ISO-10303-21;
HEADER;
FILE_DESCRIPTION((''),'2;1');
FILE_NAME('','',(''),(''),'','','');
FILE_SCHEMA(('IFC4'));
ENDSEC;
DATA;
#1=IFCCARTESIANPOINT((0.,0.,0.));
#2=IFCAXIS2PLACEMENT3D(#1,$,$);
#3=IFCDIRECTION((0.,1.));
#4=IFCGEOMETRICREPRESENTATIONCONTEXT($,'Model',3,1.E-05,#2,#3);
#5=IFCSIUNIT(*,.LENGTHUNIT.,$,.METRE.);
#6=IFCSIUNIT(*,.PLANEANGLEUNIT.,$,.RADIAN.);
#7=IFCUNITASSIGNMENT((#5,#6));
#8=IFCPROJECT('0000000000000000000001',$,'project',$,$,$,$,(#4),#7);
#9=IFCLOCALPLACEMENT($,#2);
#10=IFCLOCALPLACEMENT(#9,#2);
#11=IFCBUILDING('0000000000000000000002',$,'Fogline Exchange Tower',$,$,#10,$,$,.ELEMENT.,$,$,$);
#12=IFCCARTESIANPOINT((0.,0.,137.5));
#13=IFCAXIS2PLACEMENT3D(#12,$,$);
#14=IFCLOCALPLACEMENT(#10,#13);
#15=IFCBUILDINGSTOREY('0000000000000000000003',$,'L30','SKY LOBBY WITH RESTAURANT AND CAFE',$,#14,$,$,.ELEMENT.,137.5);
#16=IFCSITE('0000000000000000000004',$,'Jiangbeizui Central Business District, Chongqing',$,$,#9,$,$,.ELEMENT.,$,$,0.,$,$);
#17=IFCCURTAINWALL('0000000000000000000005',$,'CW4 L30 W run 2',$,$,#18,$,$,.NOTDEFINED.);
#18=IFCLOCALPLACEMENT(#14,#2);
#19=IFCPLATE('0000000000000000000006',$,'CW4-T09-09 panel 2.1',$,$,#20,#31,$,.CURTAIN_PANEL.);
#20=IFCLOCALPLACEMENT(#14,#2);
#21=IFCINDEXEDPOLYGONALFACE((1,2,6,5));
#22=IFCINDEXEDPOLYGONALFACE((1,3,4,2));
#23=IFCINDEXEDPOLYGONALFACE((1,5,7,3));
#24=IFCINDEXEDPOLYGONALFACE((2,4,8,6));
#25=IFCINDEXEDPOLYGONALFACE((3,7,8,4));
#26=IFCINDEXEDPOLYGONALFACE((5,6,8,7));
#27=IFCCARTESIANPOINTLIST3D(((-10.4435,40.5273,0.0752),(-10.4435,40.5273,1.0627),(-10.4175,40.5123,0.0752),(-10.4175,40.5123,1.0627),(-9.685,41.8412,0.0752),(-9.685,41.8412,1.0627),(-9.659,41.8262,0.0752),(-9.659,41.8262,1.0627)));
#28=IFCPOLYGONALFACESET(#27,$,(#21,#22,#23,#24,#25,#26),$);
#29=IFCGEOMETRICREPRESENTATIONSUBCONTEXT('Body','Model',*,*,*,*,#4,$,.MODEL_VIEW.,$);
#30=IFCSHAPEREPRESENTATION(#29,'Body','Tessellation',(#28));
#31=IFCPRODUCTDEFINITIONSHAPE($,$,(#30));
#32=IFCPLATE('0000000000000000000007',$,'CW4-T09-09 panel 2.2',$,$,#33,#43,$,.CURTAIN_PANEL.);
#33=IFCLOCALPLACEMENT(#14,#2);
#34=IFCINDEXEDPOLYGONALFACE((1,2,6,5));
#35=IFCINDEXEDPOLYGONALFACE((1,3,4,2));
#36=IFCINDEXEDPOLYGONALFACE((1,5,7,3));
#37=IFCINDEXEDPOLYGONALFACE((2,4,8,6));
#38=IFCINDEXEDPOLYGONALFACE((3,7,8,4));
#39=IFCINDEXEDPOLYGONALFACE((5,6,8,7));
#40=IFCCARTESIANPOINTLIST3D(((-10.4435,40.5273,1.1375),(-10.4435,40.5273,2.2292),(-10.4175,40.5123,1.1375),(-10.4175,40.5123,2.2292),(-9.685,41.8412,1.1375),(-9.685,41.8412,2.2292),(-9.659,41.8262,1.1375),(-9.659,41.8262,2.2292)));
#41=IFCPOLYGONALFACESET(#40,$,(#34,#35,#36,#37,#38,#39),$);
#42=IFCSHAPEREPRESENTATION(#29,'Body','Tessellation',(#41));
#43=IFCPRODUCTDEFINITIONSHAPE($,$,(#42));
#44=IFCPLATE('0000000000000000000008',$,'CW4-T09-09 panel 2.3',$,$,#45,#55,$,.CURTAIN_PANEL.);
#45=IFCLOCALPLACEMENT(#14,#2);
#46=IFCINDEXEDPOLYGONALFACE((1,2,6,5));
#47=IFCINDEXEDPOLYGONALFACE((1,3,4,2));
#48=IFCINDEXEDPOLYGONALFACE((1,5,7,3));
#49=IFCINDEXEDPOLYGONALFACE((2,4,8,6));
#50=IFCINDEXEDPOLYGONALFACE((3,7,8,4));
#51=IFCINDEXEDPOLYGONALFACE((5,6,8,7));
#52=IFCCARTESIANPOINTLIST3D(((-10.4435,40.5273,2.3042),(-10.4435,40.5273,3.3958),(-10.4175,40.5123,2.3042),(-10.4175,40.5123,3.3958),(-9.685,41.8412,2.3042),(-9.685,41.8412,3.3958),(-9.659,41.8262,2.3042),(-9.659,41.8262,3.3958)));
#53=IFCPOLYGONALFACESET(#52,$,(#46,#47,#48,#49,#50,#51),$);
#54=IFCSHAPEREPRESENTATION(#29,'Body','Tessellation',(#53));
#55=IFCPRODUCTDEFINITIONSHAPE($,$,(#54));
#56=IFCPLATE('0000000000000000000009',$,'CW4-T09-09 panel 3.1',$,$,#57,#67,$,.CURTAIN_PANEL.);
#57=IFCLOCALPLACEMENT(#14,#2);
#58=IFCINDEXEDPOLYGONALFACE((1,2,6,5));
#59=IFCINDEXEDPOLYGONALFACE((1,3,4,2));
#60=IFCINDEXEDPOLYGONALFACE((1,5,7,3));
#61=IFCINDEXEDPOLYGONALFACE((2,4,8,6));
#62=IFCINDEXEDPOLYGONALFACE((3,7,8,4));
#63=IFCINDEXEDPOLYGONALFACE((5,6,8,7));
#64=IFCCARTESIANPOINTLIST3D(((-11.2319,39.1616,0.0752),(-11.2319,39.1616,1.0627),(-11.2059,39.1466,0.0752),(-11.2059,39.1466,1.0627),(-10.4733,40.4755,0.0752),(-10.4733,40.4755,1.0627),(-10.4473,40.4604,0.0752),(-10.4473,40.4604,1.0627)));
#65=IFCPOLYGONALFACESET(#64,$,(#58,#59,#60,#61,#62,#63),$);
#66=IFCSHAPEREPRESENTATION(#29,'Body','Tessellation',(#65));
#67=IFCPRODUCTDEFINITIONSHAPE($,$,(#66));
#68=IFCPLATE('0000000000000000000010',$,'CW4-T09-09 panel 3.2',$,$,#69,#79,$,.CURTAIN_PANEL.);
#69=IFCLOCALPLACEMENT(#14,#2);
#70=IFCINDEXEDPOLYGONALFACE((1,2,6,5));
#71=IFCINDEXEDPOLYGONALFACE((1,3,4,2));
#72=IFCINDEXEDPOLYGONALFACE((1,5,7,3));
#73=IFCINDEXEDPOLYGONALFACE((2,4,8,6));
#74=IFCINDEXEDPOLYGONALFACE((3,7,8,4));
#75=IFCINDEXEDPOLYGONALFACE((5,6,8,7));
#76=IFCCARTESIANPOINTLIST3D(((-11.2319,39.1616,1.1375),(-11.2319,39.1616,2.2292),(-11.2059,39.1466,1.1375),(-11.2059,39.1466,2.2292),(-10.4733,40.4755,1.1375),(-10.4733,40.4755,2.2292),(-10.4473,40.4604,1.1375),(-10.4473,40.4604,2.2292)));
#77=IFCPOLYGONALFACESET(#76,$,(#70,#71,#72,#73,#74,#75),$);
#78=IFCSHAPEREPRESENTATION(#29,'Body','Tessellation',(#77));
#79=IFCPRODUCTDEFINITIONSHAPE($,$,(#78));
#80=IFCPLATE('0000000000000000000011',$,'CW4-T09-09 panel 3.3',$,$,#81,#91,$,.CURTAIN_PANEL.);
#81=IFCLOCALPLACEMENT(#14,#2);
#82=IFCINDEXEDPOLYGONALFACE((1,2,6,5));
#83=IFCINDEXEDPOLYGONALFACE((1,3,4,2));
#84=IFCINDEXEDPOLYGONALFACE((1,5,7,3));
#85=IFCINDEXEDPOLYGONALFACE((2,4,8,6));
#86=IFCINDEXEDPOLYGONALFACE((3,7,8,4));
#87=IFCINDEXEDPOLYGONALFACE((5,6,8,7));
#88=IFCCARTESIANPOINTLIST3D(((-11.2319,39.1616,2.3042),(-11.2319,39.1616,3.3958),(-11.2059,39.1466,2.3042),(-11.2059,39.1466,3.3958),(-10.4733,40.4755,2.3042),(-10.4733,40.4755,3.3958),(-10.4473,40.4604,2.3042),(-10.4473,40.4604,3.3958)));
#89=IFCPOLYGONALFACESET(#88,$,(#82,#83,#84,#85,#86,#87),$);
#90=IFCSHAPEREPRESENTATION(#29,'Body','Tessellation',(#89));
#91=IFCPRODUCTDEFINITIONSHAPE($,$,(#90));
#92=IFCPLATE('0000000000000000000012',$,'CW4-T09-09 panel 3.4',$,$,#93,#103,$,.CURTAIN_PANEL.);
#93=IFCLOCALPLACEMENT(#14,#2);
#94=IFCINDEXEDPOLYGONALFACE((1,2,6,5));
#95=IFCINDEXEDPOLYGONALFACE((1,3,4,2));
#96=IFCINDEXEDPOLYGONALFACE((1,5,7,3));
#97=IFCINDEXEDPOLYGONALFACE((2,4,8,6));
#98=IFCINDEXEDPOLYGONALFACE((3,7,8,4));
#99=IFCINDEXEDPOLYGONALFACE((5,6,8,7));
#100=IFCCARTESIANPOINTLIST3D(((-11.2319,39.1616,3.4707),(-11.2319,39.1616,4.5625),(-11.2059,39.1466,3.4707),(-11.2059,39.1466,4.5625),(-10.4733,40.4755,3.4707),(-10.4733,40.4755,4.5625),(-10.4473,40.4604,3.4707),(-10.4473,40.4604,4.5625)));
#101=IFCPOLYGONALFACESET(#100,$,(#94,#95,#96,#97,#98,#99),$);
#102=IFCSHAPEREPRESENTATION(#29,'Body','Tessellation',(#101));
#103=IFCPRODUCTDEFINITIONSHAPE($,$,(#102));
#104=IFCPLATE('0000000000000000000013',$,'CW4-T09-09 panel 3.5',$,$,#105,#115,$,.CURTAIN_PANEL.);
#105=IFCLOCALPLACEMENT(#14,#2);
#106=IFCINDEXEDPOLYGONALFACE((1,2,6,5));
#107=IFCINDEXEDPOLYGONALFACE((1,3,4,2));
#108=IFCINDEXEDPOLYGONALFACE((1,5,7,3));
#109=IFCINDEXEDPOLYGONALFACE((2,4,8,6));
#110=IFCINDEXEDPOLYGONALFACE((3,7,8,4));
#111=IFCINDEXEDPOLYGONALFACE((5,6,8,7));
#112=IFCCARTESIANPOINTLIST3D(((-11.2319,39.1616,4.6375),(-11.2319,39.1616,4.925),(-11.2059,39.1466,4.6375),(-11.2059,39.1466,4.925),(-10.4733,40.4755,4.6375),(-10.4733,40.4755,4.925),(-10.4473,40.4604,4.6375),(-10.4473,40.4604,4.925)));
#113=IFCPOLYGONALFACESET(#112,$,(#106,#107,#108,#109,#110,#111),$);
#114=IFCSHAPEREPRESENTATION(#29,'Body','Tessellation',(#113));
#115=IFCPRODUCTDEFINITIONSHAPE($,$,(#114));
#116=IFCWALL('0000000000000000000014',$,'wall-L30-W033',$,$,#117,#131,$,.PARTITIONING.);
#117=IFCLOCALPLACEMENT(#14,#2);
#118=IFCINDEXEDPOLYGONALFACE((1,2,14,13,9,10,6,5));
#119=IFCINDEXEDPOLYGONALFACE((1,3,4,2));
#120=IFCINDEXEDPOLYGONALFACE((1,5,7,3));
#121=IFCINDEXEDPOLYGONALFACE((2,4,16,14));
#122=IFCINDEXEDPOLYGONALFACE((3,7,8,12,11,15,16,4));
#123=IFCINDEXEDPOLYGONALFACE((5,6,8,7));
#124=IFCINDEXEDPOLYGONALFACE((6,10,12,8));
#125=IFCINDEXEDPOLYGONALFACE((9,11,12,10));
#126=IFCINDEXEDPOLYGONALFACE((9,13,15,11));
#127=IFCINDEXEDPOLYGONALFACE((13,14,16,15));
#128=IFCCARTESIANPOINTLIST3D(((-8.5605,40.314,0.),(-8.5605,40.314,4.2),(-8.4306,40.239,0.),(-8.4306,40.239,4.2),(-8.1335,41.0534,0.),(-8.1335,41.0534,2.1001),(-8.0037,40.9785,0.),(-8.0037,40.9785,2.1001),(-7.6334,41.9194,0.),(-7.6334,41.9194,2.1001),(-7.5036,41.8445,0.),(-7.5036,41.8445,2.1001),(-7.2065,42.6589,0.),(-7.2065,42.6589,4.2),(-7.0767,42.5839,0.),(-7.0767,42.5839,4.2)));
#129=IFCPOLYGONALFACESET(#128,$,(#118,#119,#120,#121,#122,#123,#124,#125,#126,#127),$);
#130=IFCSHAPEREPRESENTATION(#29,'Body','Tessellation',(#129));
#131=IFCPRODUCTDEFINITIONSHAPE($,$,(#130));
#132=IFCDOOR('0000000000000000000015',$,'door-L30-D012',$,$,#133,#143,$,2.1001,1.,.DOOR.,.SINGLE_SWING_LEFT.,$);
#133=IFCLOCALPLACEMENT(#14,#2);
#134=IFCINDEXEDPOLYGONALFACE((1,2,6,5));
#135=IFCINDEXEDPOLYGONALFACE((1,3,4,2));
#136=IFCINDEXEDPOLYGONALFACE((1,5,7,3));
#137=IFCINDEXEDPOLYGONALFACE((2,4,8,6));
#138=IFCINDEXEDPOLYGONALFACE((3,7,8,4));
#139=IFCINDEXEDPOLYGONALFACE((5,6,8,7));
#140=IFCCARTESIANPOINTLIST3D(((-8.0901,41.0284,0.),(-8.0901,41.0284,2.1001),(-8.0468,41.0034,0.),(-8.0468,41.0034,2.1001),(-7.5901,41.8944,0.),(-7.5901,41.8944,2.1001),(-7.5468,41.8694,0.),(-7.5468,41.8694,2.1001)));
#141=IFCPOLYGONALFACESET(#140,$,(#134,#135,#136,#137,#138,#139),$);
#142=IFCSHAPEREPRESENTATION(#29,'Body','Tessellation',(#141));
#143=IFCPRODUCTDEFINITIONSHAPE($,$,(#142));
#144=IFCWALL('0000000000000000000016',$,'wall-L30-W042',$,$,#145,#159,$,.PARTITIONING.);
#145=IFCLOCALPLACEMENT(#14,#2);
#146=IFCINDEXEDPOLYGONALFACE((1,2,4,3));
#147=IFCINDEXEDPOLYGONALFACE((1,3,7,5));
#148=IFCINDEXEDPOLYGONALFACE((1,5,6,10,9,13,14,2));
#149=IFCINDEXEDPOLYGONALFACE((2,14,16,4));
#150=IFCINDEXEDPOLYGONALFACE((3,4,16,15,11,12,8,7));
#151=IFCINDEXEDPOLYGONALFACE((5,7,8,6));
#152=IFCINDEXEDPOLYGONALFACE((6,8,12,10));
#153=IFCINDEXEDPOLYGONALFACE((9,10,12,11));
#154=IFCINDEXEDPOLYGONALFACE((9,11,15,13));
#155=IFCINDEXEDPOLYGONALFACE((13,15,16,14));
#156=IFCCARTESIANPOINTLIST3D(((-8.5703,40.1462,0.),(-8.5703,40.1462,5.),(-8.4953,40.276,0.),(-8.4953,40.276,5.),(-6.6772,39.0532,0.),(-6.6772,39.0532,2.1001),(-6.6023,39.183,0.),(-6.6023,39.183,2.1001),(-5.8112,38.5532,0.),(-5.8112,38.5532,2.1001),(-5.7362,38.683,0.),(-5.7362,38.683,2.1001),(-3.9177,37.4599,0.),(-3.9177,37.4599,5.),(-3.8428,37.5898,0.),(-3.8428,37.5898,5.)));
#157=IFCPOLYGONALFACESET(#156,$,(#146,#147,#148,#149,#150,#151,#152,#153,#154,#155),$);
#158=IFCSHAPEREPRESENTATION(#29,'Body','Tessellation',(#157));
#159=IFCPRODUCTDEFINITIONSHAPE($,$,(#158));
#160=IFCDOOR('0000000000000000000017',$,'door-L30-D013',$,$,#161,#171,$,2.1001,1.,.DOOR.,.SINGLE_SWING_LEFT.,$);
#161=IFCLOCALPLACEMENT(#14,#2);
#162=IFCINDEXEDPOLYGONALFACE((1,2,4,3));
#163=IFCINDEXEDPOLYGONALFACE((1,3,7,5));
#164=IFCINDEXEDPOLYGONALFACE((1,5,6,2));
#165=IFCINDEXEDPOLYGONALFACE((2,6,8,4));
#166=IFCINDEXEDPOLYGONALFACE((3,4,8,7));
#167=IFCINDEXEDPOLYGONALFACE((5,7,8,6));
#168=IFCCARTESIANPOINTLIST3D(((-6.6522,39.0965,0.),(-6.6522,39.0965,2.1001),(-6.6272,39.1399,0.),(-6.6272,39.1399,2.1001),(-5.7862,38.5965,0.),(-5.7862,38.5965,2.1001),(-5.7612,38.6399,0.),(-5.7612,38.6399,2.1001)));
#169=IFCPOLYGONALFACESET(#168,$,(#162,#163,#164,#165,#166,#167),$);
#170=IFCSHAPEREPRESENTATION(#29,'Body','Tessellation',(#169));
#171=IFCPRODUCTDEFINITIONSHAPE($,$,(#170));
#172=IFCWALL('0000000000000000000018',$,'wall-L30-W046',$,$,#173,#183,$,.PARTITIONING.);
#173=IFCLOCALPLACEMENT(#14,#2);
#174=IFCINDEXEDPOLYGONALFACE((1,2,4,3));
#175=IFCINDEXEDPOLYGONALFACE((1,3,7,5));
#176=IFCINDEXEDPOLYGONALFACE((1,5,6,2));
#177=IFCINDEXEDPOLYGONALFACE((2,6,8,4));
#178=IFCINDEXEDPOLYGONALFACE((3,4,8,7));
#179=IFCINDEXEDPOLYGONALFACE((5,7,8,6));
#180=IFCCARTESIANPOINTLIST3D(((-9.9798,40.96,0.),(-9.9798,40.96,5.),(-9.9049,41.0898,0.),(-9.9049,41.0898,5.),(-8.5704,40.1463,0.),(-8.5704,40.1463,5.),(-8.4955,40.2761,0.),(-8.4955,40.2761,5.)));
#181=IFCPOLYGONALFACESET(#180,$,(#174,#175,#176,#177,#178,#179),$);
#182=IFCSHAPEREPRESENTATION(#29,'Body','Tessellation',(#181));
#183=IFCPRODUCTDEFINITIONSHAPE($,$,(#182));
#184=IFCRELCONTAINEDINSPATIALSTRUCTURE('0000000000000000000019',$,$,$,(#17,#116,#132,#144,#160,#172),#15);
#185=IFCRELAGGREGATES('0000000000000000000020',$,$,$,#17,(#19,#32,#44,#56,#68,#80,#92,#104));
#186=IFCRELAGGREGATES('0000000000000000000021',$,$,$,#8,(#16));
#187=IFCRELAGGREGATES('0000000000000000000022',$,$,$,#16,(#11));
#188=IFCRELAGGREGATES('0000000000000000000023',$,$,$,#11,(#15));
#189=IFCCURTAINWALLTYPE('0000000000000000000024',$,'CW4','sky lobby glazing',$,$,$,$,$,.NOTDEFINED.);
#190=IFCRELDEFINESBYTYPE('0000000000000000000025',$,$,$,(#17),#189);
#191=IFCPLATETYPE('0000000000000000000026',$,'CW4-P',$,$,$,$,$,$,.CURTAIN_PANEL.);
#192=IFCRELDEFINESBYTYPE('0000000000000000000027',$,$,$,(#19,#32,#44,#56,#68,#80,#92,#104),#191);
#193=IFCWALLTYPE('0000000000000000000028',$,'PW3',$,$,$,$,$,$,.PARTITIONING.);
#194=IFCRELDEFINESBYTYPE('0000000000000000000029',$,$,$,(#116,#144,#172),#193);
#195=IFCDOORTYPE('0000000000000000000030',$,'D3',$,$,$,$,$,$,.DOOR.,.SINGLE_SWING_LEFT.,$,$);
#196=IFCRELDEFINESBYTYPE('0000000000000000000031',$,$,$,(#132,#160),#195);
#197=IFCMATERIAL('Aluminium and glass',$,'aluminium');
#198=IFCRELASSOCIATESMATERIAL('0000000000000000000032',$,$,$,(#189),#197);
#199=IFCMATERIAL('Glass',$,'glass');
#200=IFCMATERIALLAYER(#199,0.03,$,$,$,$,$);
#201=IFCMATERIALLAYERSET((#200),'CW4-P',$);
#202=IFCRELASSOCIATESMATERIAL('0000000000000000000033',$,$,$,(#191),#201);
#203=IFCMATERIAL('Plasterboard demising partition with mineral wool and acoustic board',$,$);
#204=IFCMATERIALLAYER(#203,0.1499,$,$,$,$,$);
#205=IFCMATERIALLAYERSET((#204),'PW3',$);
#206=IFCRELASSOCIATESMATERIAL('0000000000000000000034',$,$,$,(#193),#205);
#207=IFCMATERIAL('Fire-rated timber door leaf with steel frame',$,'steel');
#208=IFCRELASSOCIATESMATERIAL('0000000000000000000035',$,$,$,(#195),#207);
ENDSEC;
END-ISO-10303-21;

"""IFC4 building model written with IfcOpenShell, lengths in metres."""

from ifc_helpers import new_model, si_unit, direction, frame, frame_2d, origin, origin_2d, place, context, subcontext, project, spatial, rectangle, extrude, material, layer, layer_set, type_object, element, fill, aggregate, save


model = new_model("IFC4")

# Units and contexts
model_context = context("Model", 3, precision=1e-05, world=origin(), true_north=direction((0.0, 1.0)))
body_context = subcontext(model_context, "Body", "Model", "MODEL_VIEW")
ifc_project = project(units=[si_unit("LENGTHUNIT", "METRE"), si_unit("PLANEANGLEUNIT", "RADIAN")], contexts=[model_context])

# Site, building, storey
site_placement = place(None, origin())
site = spatial("IfcSite", under=ifc_project, at=site_placement, Name="Jiangbeizui Central Business District, Chongqing", CompositionType="ELEMENT", RefElevation=0.0)
building_placement = place(site_placement, origin())
building = spatial("IfcBuilding", under=site, at=building_placement, Name="Fogline Exchange Tower", CompositionType="ELEMENT")
storey_placement = place(building_placement, frame((0.0, 0.0, 137.5)))
storey = spatial("IfcBuildingStorey", under=building, at=storey_placement, Name="L30", Description="SKY LOBBY WITH RESTAURANT AND CAFE", CompositionType="ELEMENT", Elevation=137.5)

# Curtain wall, plates
ifc_material_1 = material(Name="Aluminium and glass", Category="aluminium")
curtain_wall_type = type_object("IfcCurtainWallType", Name="CW4", Description="sky lobby glazing", PredefinedType="NOTDEFINED", material=ifc_material_1)
curtain_wall_placement = place(storey_placement, origin())
curtain_wall = element("IfcCurtainWall", 1, at=curtain_wall_placement, inside=storey, type_object=curtain_wall_type, Name="CW4 L30 W run 2", PredefinedType="NOTDEFINED")
ifc_material_2 = material(Name="Glass", Category="glass")
ifc_layer_1 = layer(ifc_material_2, 0.03)
ifc_layer_set_1 = layer_set([ifc_layer_1], Name="CW4-P")
plate_type = type_object("IfcPlateType", Name="CW4-P", PredefinedType="CURTAIN_PANEL", material=ifc_layer_set_1)
plate_1_placement = place(storey_placement, frame((-10.0513, 41.1768, 0.0752), z_axis=(0.0, 0.0, 1.0), x_axis=(-0.5, -0.866025, 0.0)))
plate_1 = element("IfcPlate", 2, at=plate_1_placement, type_object=plate_type, Name="CW4-T09-09 panel 2.1", PredefinedType="CURTAIN_PANEL", context=body_context, shape_type="SweptSolid", body=[
    extrude(rectangle(XDim=1.5171, YDim=0.03, at=origin_2d()), origin(), (0.0, 0.0, 1.0), 0.9875),
])
plate_2_placement = place(storey_placement, frame((-10.0513, 41.1768, 1.1375), z_axis=(0.0, 0.0, 1.0), x_axis=(-0.5, -0.866025, 0.0)))
plate_2 = element("IfcPlate", 3, at=plate_2_placement, type_object=plate_type, Name="CW4-T09-09 panel 2.2", PredefinedType="CURTAIN_PANEL", context=body_context, shape_type="SweptSolid", body=[
    extrude(rectangle(XDim=1.5171, YDim=0.03, at=origin_2d()), origin(), (0.0, 0.0, 1.0), 1.0918),
])
plate_3_placement = place(storey_placement, frame((-10.0513, 41.1768, 2.3042), z_axis=(0.0, 0.0, 1.0), x_axis=(-0.5, -0.866025, 0.0)))
plate_3 = element("IfcPlate", 4, at=plate_3_placement, type_object=plate_type, Name="CW4-T09-09 panel 2.3", PredefinedType="CURTAIN_PANEL", context=body_context, shape_type="SweptSolid", body=[
    extrude(rectangle(XDim=1.5171, YDim=0.03, at=origin_2d()), origin(), (0.0, 0.0, 1.0), 1.0916),
])
plate_4_placement = place(storey_placement, frame((-10.8396, 39.811, 0.0752), z_axis=(0.0, 0.0, 1.0), x_axis=(-0.5, -0.866025, 0.0)))
plate_4 = element("IfcPlate", 5, at=plate_4_placement, type_object=plate_type, Name="CW4-T09-09 panel 3.1", PredefinedType="CURTAIN_PANEL", context=body_context, shape_type="SweptSolid", body=[
    extrude(rectangle(XDim=1.5171, YDim=0.03, at=origin_2d()), origin(), (0.0, 0.0, 1.0), 0.9875),
])
plate_5_placement = place(storey_placement, frame((-10.8396, 39.811, 1.1375), z_axis=(0.0, 0.0, 1.0), x_axis=(-0.5, -0.866025, 0.0)))
plate_5 = element("IfcPlate", 6, at=plate_5_placement, type_object=plate_type, Name="CW4-T09-09 panel 3.2", PredefinedType="CURTAIN_PANEL", context=body_context, shape_type="SweptSolid", body=[
    extrude(rectangle(XDim=1.5171, YDim=0.03, at=origin_2d()), origin(), (0.0, 0.0, 1.0), 1.0918),
])
plate_6_placement = place(storey_placement, frame((-10.8396, 39.811, 2.3042), z_axis=(0.0, 0.0, 1.0), x_axis=(-0.5, -0.866025, 0.0)))
plate_6 = element("IfcPlate", 7, at=plate_6_placement, type_object=plate_type, Name="CW4-T09-09 panel 3.3", PredefinedType="CURTAIN_PANEL", context=body_context, shape_type="SweptSolid", body=[
    extrude(rectangle(XDim=1.5171, YDim=0.03, at=origin_2d()), origin(), (0.0, 0.0, 1.0), 1.0916),
])
plate_7_placement = place(storey_placement, frame((-10.8396, 39.811, 3.4707), z_axis=(0.0, 0.0, 1.0), x_axis=(-0.5, -0.866025, 0.0)))
plate_7 = element("IfcPlate", 8, at=plate_7_placement, type_object=plate_type, Name="CW4-T09-09 panel 3.4", PredefinedType="CURTAIN_PANEL", context=body_context, shape_type="SweptSolid", body=[
    extrude(rectangle(XDim=1.5171, YDim=0.03, at=origin_2d()), origin(), (0.0, 0.0, 1.0), 1.0918),
])
plate_8_placement = place(storey_placement, frame((-10.8396, 39.811, 4.6375), z_axis=(0.0, 0.0, 1.0), x_axis=(-0.5, -0.866025, 0.0)))
plate_8 = element("IfcPlate", 9, at=plate_8_placement, type_object=plate_type, Name="CW4-T09-09 panel 3.5", PredefinedType="CURTAIN_PANEL", context=body_context, shape_type="SweptSolid", body=[
    extrude(rectangle(XDim=1.5171, YDim=0.03, at=origin_2d()), origin(), (0.0, 0.0, 1.0), 0.2876),
])
aggregate(curtain_wall, [plate_1, plate_2, plate_3, plate_4, plate_5, plate_6, plate_7, plate_8])

# Walls, openings, doors
ifc_material_3 = material(Name="Plasterboard demising partition with mineral wool and acoustic board")
ifc_layer_2 = layer(ifc_material_3, 0.1499)
ifc_layer_set_2 = layer_set([ifc_layer_2], Name="PW3")
wall_type = type_object("IfcWallType", Name="PW3", PredefinedType="PARTITIONING", material=ifc_layer_set_2)
wall_1_placement = place(storey_placement, frame((-8.4956, 40.2764, 0.0), z_axis=(0.0, 0.0, 1.0), x_axis=(0.500037, 0.866004, 0.0)))
wall_1 = element("IfcWall", 10, at=wall_1_placement, inside=storey, type_object=wall_type, Name="wall-L30-W033", PredefinedType="PARTITIONING", context=body_context, shape_type="SweptSolid", body=[
    extrude(rectangle(XDim=2.7078, YDim=0.1499, at=frame_2d((1.354, 0.0))), origin(), (0.0, 0.0, 1.0), 4.2),
])
opening_1_placement = place(wall_1_placement, frame((0.854, 0.0, 0.0)))
opening_1 = element("IfcOpeningElement", 11, at=opening_1_placement, cuts=wall_1, PredefinedType="OPENING", context=body_context, shape_type="SweptSolid", body=[
    extrude(rectangle(XDim=1.0, YDim=2.1001, at=frame_2d((0.5, 1.05))), frame((0.0, 0.085, 0.0), z_axis=(0.0, -1.0, 0.0), x_axis=(1.0, 0.0, 0.0)), (0.0, 0.0, 1.0), 0.1699),
])
ifc_material_4 = material(Name="Fire-rated timber door leaf with steel frame", Category="steel")
door_type = type_object("IfcDoorType", Name="D3", OperationType="SINGLE_SWING_LEFT", PredefinedType="DOOR", material=ifc_material_4)
door_1_placement = place(opening_1_placement, origin())
door_1 = element("IfcDoor", 12, at=door_1_placement, inside=storey, type_object=door_type, Name="door-L30-D012", OperationType="SINGLE_SWING_LEFT", OverallHeight=2.1001, OverallWidth=1.0, PredefinedType="DOOR", context=body_context, shape_type="SweptSolid", body=[
    extrude(rectangle(XDim=1.0, YDim=2.1001, at=frame_2d((0.5, 1.05))), frame((0.0, 0.0249, 0.0), z_axis=(0.0, -1.0, 0.0), x_axis=(1.0, 0.0, 0.0)), (0.0, 0.0, 1.0), 0.05),
])
fill(opening_1, door_1)
wall_2_placement = place(storey_placement, frame((-3.8804, 37.5249, 0.0), z_axis=(0.0, 0.0, 1.0), x_axis=(-0.866017, 0.500015, 0.0)))
wall_2 = element("IfcWall", 13, at=wall_2_placement, inside=storey, type_object=wall_type, Name="wall-L30-W042", PredefinedType="PARTITIONING", context=body_context, shape_type="SweptSolid", body=[
    extrude(rectangle(XDim=5.3723, YDim=0.1499, at=frame_2d((2.686, 0.0))), origin(), (0.0, 0.0, 1.0), 5.0),
])
opening_2_placement = place(wall_2_placement, frame((2.1863, 0.0, 0.0)))
opening_2 = element("IfcOpeningElement", 14, at=opening_2_placement, cuts=wall_2, PredefinedType="OPENING", context=body_context, shape_type="SweptSolid", body=[
    extrude(rectangle(XDim=1.0, YDim=2.1001, at=frame_2d((0.5, 1.05))), frame((0.0, 0.085, 0.0), z_axis=(0.0, -1.0, 0.0), x_axis=(1.0, 0.0, 0.0)), (0.0, 0.0, 1.0), 0.1699),
])
door_2_placement = place(opening_2_placement, origin())
door_2 = element("IfcDoor", 15, at=door_2_placement, inside=storey, type_object=door_type, Name="door-L30-D013", OperationType="SINGLE_SWING_LEFT", OverallHeight=2.1001, OverallWidth=1.0, PredefinedType="DOOR", context=body_context, shape_type="SweptSolid", body=[
    extrude(rectangle(XDim=1.0, YDim=2.1001, at=frame_2d((0.5, 1.05))), frame((0.0, 0.0249, 0.0), z_axis=(0.0, -1.0, 0.0), x_axis=(1.0, 0.0, 0.0)), (0.0, 0.0, 1.0), 0.05),
])
fill(opening_2, door_2)

# Wall
wall_3_placement = place(storey_placement, frame((-8.533, 40.2112, 0.0), z_axis=(0.0, 0.0, 1.0), x_axis=(-0.866028, 0.499995, 0.0)))
element("IfcWall", 16, at=wall_3_placement, inside=storey, type_object=wall_type, Name="wall-L30-W046", PredefinedType="PARTITIONING", context=body_context, shape_type="SweptSolid", body=[
    extrude(rectangle(XDim=1.6274, YDim=0.1499, at=frame_2d((0.8137, 0.0))), origin(), (0.0, 0.0, 1.0), 5.0),
])

save(model, "model.ifc")
